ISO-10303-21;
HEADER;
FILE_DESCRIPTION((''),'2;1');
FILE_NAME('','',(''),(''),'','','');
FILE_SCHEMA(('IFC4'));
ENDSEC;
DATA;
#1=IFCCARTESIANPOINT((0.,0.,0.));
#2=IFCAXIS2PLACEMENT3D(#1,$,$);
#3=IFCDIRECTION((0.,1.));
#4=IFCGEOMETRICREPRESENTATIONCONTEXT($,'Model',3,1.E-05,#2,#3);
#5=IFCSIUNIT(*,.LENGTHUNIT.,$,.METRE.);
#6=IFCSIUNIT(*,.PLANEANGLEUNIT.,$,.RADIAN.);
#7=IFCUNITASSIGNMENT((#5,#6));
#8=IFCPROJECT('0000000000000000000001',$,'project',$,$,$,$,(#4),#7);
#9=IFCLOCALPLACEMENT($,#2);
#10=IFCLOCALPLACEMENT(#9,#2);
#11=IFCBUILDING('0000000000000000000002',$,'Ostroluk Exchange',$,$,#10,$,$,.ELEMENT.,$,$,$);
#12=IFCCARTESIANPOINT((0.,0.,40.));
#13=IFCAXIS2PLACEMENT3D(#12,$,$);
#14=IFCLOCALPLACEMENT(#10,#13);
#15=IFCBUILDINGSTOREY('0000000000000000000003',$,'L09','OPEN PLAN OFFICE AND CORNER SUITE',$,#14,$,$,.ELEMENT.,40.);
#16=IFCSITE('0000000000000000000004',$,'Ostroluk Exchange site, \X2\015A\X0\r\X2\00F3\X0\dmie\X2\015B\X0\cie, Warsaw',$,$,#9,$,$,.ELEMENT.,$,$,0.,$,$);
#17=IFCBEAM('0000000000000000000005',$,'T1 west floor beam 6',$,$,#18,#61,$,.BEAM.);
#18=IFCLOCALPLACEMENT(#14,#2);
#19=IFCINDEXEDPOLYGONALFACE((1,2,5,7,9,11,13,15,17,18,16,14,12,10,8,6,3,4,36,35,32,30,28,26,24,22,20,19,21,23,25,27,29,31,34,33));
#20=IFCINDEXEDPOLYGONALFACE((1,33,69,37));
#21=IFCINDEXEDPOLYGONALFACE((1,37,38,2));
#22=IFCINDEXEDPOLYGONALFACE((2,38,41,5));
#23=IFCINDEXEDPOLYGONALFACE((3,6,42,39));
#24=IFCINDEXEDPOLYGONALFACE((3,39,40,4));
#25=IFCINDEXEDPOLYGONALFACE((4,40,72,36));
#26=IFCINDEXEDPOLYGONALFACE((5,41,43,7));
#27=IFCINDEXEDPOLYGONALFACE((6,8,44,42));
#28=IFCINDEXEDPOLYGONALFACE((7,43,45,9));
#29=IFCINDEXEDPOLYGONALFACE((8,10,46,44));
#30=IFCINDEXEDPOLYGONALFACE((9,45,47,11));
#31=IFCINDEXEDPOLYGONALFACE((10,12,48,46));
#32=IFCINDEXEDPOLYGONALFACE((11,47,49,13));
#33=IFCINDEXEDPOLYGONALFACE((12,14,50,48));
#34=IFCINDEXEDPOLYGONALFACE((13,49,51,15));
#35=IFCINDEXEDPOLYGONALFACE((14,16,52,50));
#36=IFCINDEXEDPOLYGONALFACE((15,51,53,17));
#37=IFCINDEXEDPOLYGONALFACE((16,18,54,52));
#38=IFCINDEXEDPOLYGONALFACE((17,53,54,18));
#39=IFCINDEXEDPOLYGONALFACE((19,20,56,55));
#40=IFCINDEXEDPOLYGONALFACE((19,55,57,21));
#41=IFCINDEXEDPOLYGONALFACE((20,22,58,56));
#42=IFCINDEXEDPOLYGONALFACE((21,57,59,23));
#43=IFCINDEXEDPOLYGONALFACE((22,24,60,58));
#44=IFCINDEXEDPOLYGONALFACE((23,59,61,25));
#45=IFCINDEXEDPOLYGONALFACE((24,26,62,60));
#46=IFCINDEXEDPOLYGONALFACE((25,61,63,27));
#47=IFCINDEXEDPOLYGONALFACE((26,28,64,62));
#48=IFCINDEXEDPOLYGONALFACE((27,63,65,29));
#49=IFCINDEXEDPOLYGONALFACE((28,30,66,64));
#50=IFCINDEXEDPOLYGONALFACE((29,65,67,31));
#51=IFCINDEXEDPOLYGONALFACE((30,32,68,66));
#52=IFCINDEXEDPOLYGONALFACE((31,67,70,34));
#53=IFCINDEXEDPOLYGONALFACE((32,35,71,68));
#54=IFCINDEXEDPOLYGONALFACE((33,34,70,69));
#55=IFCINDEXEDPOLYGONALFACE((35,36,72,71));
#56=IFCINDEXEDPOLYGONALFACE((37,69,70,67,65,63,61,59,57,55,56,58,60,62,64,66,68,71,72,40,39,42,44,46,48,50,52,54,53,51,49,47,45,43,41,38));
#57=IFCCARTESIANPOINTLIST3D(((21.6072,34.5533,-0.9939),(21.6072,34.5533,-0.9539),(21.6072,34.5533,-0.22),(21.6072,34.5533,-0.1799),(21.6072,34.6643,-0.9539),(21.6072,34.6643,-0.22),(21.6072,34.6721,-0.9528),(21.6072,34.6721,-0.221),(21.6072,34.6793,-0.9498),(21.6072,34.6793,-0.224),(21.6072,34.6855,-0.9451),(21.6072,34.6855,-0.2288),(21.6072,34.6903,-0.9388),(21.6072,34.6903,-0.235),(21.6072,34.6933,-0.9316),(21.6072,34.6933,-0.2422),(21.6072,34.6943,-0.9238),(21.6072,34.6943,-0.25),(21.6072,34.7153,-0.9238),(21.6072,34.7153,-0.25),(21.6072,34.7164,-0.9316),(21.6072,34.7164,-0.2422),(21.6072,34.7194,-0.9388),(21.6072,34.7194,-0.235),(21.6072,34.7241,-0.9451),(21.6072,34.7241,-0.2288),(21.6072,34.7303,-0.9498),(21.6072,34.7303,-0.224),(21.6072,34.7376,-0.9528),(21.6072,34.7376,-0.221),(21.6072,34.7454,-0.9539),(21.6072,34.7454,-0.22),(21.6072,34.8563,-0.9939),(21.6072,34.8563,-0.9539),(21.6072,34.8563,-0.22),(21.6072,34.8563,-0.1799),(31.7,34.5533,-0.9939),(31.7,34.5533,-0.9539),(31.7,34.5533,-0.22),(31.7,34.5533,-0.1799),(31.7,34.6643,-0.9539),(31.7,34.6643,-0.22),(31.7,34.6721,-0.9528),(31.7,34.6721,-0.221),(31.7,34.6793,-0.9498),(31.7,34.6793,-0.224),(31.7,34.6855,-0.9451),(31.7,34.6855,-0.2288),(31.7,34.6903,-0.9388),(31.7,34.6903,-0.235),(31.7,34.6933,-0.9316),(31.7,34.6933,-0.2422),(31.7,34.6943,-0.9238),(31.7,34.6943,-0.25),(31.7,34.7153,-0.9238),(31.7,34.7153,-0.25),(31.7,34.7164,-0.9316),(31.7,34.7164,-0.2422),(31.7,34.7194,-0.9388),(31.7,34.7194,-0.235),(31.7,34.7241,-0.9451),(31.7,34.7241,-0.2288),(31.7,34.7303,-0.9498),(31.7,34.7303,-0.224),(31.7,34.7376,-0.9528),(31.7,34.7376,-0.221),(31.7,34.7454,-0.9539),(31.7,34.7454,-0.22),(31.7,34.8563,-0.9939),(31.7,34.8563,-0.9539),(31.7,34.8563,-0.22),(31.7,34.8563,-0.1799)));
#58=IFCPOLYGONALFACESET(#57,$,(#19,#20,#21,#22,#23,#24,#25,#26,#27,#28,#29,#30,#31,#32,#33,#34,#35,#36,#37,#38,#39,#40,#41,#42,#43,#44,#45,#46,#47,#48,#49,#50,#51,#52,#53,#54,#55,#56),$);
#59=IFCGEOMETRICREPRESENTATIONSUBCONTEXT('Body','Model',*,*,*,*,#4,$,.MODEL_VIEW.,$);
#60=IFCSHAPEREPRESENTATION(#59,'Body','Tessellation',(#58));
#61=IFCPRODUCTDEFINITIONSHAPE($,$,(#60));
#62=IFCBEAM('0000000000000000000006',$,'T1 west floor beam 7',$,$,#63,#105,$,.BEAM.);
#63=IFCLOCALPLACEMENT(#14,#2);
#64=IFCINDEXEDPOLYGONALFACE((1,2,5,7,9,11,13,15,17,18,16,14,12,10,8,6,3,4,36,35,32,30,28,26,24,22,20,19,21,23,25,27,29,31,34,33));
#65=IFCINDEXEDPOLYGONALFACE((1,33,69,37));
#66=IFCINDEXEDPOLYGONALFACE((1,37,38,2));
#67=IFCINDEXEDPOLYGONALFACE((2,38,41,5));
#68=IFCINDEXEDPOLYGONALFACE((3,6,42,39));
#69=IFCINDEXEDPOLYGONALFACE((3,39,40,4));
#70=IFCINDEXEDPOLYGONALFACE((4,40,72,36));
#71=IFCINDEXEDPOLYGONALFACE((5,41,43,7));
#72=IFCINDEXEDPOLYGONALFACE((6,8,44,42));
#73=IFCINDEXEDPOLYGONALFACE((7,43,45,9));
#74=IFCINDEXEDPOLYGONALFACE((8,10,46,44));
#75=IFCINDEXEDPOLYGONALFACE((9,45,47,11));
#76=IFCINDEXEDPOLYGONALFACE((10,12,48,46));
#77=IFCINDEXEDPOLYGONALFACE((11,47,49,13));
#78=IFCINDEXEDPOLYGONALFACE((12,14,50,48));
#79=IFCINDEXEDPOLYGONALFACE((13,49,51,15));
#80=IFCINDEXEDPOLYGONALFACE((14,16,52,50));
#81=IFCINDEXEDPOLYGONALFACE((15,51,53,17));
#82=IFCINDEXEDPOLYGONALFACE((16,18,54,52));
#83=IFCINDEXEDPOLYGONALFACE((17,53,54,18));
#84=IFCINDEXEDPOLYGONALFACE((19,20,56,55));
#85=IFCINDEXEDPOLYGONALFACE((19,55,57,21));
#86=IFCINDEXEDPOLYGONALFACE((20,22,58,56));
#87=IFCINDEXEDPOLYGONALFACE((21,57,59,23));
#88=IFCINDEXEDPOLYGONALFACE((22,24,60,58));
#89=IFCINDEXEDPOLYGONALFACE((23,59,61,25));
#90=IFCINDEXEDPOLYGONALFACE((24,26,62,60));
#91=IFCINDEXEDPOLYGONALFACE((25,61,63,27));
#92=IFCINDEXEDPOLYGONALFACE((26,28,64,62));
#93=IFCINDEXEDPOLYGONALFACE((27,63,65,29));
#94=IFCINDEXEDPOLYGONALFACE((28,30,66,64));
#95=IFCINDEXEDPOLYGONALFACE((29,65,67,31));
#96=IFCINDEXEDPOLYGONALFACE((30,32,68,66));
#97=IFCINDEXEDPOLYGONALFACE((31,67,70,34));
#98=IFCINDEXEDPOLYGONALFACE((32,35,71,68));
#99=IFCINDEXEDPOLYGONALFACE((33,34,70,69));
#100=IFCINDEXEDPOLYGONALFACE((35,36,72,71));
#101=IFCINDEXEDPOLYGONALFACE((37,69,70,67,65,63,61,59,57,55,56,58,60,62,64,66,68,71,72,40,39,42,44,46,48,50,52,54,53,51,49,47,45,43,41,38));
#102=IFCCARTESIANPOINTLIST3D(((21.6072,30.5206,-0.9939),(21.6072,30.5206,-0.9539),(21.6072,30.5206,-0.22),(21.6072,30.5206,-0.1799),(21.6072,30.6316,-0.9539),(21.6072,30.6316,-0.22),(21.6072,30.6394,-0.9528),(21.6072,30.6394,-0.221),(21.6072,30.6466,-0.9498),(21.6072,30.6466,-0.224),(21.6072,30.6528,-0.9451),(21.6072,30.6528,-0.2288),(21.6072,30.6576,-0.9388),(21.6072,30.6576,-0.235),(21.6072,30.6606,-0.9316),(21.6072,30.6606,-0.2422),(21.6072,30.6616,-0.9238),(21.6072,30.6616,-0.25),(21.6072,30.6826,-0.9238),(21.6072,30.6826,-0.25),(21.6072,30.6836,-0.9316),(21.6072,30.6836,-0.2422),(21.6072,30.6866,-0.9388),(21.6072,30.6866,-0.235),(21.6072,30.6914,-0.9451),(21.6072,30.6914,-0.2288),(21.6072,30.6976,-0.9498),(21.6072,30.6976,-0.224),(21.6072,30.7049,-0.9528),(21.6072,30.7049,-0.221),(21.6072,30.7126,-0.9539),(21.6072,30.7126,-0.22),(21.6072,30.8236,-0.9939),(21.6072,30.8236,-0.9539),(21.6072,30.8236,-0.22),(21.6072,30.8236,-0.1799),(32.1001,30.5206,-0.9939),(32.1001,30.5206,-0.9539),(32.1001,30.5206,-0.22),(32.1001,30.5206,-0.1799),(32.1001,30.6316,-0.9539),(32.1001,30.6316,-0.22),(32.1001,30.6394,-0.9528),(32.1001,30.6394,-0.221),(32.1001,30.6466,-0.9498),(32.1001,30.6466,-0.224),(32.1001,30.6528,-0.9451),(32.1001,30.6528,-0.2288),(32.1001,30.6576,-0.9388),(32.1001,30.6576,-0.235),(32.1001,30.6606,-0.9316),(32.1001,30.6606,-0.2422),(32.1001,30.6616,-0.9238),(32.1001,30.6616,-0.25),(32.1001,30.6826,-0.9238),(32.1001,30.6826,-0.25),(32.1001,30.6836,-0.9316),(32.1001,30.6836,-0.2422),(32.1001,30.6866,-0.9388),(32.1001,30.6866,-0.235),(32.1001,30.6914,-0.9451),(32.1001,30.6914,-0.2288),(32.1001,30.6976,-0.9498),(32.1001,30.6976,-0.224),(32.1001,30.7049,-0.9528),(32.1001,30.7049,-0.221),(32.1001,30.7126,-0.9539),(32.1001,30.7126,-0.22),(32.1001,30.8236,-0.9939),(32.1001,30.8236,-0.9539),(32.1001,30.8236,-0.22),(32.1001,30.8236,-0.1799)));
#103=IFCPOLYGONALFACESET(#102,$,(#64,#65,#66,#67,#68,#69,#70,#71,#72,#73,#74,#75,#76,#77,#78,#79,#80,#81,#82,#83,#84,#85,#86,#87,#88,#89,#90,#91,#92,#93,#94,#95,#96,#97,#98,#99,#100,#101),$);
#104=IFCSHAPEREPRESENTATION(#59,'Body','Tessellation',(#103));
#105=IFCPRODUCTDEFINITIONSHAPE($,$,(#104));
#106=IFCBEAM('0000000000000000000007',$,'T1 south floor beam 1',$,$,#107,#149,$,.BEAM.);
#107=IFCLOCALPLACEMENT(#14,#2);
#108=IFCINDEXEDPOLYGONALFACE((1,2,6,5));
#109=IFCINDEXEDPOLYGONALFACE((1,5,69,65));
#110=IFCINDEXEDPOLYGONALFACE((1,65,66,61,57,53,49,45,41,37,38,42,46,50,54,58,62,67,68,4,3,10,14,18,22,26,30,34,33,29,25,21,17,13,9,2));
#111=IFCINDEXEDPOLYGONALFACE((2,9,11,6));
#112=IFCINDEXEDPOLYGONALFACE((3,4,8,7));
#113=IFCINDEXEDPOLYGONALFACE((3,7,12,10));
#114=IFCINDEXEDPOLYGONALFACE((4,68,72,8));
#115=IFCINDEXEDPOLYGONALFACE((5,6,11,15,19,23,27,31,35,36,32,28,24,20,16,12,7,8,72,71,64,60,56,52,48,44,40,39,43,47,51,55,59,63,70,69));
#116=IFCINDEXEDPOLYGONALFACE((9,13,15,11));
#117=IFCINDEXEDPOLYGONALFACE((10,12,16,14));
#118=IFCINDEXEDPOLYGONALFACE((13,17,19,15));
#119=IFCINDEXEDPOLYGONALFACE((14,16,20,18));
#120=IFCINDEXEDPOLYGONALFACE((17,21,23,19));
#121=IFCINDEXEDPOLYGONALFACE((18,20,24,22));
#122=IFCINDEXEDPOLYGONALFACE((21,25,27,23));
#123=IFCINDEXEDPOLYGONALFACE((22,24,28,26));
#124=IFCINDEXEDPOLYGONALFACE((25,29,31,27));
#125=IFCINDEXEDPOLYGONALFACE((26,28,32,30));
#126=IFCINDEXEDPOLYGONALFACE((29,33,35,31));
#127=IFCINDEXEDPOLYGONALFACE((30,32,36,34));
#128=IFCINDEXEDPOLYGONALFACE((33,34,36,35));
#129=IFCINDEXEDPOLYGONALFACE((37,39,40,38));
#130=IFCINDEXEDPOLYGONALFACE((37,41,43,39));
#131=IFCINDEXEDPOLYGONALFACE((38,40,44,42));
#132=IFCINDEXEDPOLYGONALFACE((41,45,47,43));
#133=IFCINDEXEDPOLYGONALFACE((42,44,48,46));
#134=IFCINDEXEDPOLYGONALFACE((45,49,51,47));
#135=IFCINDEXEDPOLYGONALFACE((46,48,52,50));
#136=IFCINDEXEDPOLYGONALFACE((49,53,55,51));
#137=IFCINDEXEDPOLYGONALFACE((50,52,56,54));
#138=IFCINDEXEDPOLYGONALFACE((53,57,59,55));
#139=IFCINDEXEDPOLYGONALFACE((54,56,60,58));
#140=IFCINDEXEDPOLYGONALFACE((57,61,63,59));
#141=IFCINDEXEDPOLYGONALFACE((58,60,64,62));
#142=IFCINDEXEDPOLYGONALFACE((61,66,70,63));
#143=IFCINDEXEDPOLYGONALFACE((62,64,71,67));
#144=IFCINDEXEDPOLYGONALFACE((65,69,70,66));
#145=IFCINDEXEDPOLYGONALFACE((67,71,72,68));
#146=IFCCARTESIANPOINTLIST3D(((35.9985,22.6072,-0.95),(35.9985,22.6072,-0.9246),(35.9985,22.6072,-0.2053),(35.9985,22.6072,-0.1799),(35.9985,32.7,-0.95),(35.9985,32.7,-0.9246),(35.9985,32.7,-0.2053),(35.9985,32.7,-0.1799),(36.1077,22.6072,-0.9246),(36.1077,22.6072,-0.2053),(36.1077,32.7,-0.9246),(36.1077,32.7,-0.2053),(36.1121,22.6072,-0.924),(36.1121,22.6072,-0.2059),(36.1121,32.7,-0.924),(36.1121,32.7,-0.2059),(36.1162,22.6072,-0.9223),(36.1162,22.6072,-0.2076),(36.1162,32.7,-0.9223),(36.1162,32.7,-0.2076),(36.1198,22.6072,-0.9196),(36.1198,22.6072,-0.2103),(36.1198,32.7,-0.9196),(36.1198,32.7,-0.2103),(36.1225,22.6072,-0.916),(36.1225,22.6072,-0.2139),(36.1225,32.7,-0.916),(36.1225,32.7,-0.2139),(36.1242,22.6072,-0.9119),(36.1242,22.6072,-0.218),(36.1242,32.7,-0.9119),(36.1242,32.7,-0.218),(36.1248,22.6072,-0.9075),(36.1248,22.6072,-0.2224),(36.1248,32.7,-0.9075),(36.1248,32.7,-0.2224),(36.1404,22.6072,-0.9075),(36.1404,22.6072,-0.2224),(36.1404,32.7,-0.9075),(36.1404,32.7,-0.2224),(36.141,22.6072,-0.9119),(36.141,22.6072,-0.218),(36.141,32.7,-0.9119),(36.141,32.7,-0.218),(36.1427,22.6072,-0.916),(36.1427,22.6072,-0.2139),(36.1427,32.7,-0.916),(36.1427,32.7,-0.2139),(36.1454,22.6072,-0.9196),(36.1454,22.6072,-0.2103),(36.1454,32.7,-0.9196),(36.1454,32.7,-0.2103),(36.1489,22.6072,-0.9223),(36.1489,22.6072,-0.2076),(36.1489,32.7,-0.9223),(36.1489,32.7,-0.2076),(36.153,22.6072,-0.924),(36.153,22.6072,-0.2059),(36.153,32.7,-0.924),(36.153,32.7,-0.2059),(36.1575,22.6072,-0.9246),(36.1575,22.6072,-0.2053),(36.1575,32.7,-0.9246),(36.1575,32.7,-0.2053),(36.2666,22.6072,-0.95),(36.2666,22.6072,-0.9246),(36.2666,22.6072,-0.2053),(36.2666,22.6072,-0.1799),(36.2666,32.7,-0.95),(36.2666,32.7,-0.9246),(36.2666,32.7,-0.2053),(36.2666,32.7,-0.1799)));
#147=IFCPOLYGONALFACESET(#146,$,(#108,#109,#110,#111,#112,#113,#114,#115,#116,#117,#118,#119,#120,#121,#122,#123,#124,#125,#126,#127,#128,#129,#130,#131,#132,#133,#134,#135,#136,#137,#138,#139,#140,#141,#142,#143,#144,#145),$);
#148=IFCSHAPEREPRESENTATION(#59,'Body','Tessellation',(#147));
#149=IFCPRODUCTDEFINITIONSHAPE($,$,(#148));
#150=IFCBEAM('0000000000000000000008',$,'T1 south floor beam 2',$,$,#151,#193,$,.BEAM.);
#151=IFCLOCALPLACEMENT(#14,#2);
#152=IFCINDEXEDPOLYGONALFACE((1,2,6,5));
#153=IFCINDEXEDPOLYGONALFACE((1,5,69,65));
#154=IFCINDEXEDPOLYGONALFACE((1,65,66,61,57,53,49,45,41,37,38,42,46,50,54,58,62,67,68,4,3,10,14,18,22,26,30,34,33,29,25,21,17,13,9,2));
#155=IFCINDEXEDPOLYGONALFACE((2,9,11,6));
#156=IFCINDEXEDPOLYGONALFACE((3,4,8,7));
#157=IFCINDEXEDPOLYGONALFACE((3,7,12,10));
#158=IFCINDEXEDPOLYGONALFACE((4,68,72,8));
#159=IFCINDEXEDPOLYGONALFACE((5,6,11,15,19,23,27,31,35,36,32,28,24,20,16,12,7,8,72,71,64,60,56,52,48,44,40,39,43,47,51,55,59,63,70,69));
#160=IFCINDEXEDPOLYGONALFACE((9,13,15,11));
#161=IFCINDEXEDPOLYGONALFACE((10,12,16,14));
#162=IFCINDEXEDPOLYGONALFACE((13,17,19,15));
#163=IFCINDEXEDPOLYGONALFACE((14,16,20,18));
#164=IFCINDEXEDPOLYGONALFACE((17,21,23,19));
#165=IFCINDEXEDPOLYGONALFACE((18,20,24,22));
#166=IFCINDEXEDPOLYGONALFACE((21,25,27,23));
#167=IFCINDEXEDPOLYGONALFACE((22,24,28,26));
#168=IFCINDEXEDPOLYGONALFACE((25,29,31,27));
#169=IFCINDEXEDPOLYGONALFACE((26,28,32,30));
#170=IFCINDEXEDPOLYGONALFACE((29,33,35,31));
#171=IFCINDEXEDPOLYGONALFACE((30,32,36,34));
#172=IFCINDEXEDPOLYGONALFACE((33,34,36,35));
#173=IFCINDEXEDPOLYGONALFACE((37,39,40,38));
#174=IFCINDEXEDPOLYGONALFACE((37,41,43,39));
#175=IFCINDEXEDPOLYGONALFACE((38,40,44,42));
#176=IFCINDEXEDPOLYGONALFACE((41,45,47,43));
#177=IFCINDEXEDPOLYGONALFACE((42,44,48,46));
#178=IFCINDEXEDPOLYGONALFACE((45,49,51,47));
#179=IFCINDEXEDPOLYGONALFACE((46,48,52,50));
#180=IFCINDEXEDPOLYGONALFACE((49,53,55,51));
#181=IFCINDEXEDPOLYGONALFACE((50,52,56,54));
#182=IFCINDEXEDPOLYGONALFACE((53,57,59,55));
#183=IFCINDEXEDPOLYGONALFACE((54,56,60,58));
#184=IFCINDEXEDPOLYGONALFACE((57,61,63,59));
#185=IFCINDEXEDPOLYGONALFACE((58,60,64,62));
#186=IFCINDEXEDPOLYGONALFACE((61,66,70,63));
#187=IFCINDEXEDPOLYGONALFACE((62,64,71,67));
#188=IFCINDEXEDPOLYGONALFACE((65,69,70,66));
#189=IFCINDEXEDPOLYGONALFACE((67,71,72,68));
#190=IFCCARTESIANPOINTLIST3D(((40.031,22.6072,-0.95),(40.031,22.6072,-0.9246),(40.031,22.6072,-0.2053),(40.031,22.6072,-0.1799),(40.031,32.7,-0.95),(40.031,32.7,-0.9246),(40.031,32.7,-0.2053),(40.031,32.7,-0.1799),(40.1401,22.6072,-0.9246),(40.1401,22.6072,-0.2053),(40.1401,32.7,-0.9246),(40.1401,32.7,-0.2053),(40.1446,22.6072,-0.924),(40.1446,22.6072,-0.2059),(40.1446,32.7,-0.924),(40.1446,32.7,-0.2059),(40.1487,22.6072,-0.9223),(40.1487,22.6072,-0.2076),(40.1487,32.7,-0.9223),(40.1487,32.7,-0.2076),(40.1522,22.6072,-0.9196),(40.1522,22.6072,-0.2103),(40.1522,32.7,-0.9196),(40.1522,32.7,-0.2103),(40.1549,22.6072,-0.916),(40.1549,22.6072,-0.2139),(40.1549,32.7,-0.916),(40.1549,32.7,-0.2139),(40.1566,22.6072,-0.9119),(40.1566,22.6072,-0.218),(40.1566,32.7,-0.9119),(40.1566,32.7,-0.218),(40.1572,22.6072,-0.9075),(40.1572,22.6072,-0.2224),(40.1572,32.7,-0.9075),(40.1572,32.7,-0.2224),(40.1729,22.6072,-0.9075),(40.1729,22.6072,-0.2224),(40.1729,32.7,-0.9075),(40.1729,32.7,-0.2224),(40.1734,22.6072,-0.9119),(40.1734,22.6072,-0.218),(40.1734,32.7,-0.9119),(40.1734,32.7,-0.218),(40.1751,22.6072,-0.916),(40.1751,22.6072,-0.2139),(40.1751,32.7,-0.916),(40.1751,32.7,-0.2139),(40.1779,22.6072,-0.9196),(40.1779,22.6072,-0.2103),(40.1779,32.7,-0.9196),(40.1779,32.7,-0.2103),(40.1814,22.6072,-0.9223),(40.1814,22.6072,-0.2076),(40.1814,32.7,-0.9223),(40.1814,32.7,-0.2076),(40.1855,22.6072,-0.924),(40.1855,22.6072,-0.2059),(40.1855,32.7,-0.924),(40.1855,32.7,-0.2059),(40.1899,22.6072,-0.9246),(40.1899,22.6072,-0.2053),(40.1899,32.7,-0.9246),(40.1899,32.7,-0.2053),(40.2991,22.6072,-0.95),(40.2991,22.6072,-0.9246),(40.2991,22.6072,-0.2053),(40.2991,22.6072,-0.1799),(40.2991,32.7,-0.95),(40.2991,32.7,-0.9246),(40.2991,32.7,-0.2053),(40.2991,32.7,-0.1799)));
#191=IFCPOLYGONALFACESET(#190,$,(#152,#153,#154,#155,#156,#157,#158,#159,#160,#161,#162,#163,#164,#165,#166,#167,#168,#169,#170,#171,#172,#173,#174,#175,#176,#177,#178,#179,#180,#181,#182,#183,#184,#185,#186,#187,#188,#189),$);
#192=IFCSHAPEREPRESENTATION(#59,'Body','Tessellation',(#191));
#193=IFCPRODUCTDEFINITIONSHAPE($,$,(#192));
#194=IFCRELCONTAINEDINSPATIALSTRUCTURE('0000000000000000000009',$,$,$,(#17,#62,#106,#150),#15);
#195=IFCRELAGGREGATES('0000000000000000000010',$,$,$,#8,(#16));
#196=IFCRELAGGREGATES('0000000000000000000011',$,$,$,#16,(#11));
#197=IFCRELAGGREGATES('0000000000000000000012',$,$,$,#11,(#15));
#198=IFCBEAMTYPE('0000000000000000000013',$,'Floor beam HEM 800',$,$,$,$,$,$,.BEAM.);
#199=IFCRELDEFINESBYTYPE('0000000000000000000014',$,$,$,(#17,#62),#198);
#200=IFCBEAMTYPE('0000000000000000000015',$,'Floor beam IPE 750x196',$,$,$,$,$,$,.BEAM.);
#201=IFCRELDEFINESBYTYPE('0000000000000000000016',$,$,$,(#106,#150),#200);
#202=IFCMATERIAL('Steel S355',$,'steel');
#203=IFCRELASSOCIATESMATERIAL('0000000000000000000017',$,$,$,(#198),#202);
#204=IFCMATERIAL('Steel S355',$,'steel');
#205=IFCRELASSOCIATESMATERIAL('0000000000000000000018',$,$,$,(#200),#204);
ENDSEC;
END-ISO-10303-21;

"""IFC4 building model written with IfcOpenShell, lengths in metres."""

from ifc_helpers import new_model, si_unit, direction, frame, origin, origin_2d, place, context, subcontext, project, spatial, i_section, extrude, material, material_profile, profile_set, type_object, element, save


model = new_model("IFC4")

# Units and contexts
model_context = context("Model", 3, precision=1e-05, world=origin(), true_north=direction((0.0, 1.0)))
body_context = subcontext(model_context, "Body", "Model", "MODEL_VIEW")
ifc_project = project(units=[si_unit("LENGTHUNIT", "METRE"), si_unit("PLANEANGLEUNIT", "RADIAN")], contexts=[model_context])

# Site, building, storey
site_placement = place(None, origin())
site = spatial("IfcSite", under=ifc_project, at=site_placement, Name="Ostroluk Exchange site, Śródmieście, Warsaw", CompositionType="ELEMENT", RefElevation=0.0)
building_placement = place(site_placement, origin())
building = spatial("IfcBuilding", under=site, at=building_placement, Name="Ostroluk Exchange", CompositionType="ELEMENT")
storey_placement = place(building_placement, frame((0.0, 0.0, 40.0)))
storey = spatial("IfcBuildingStorey", under=building, at=storey_placement, Name="L09", Description="OPEN PLAN OFFICE AND CORNER SUITE", CompositionType="ELEMENT", Elevation=40.0)

# Beams
ifc_material_1 = material(Name="Steel S355", Category="steel")
ifc_material_profile_1 = material_profile(ifc_material_1, i_section(OverallWidth=0.303, OverallDepth=0.814, WebThickness=0.021, FlangeThickness=0.04, FilletRadius=0.03, at=origin_2d()), Name="HEM 800")
ifc_profile_set_1 = profile_set([ifc_material_profile_1], Name="Steel S355")
beam_type_1 = type_object("IfcBeamType", Name="Floor beam HEM 800", PredefinedType="BEAM", material=ifc_profile_set_1)
beam_1_placement = place(storey_placement, frame((31.7, 34.7048, -0.5869), z_axis=(-1.0, 0.0, 0.0), x_axis=(0.0, -1.0, 0.0)))
element("IfcBeam", 1, at=beam_1_placement, inside=storey, type_object=beam_type_1, Name="T1 west floor beam 6", PredefinedType="BEAM", context=body_context, shape_type="SweptSolid", body=[
    extrude(i_section(OverallWidth=0.303, OverallDepth=0.814, WebThickness=0.021, FlangeThickness=0.04, FilletRadius=0.03, at=origin_2d()), origin(), (0.0, 0.0, 1.0), 10.0928),
])
beam_2_placement = place(storey_placement, frame((32.1001, 30.6721, -0.5869), z_axis=(-1.0, 0.0, 0.0), x_axis=(0.0, -1.0, 0.0)))
element("IfcBeam", 2, at=beam_2_placement, inside=storey, type_object=beam_type_1, Name="T1 west floor beam 7", PredefinedType="BEAM", context=body_context, shape_type="SweptSolid", body=[
    extrude(i_section(OverallWidth=0.303, OverallDepth=0.814, WebThickness=0.021, FlangeThickness=0.04, FilletRadius=0.03, at=origin_2d()), origin(), (0.0, 0.0, 1.0), 10.4929),
])
ifc_material_2 = material(Name="Steel S355", Category="steel")
ifc_material_profile_2 = material_profile(ifc_material_2, i_section(OverallWidth=0.2681, OverallDepth=0.77, WebThickness=0.0156, FlangeThickness=0.0254, FilletRadius=0.0171, at=origin_2d()), Name="IPE 750x196")
ifc_profile_set_2 = profile_set([ifc_material_profile_2], Name="Steel S355")
beam_type_2 = type_object("IfcBeamType", Name="Floor beam IPE 750x196", PredefinedType="BEAM", material=ifc_profile_set_2)
for number, where, z_axis, x_axis, name in (
    (3, (36.1326, 32.7, -0.5649), (0.0, -1.0, 0.0), (1.0, 0.0, 0.0), "T1 south floor beam 1"),
    (4, (40.165, 32.7, -0.5649), (0.0, -1.0, 0.0), (1.0, 0.0, 0.0), "T1 south floor beam 2"),
):
    element("IfcBeam", number, at=place(storey_placement, frame(where, z_axis=z_axis, x_axis=x_axis)), inside=storey, type_object=beam_type_2, Name=name, PredefinedType="BEAM", context=body_context, shape_type="SweptSolid", body=[
        extrude(i_section(OverallWidth=0.2681, OverallDepth=0.77, WebThickness=0.0156, FlangeThickness=0.0254, FilletRadius=0.0171, at=origin_2d()), origin(), (0.0, 0.0, 1.0), 10.0928),
    ])

save(model, "model.ifc")
